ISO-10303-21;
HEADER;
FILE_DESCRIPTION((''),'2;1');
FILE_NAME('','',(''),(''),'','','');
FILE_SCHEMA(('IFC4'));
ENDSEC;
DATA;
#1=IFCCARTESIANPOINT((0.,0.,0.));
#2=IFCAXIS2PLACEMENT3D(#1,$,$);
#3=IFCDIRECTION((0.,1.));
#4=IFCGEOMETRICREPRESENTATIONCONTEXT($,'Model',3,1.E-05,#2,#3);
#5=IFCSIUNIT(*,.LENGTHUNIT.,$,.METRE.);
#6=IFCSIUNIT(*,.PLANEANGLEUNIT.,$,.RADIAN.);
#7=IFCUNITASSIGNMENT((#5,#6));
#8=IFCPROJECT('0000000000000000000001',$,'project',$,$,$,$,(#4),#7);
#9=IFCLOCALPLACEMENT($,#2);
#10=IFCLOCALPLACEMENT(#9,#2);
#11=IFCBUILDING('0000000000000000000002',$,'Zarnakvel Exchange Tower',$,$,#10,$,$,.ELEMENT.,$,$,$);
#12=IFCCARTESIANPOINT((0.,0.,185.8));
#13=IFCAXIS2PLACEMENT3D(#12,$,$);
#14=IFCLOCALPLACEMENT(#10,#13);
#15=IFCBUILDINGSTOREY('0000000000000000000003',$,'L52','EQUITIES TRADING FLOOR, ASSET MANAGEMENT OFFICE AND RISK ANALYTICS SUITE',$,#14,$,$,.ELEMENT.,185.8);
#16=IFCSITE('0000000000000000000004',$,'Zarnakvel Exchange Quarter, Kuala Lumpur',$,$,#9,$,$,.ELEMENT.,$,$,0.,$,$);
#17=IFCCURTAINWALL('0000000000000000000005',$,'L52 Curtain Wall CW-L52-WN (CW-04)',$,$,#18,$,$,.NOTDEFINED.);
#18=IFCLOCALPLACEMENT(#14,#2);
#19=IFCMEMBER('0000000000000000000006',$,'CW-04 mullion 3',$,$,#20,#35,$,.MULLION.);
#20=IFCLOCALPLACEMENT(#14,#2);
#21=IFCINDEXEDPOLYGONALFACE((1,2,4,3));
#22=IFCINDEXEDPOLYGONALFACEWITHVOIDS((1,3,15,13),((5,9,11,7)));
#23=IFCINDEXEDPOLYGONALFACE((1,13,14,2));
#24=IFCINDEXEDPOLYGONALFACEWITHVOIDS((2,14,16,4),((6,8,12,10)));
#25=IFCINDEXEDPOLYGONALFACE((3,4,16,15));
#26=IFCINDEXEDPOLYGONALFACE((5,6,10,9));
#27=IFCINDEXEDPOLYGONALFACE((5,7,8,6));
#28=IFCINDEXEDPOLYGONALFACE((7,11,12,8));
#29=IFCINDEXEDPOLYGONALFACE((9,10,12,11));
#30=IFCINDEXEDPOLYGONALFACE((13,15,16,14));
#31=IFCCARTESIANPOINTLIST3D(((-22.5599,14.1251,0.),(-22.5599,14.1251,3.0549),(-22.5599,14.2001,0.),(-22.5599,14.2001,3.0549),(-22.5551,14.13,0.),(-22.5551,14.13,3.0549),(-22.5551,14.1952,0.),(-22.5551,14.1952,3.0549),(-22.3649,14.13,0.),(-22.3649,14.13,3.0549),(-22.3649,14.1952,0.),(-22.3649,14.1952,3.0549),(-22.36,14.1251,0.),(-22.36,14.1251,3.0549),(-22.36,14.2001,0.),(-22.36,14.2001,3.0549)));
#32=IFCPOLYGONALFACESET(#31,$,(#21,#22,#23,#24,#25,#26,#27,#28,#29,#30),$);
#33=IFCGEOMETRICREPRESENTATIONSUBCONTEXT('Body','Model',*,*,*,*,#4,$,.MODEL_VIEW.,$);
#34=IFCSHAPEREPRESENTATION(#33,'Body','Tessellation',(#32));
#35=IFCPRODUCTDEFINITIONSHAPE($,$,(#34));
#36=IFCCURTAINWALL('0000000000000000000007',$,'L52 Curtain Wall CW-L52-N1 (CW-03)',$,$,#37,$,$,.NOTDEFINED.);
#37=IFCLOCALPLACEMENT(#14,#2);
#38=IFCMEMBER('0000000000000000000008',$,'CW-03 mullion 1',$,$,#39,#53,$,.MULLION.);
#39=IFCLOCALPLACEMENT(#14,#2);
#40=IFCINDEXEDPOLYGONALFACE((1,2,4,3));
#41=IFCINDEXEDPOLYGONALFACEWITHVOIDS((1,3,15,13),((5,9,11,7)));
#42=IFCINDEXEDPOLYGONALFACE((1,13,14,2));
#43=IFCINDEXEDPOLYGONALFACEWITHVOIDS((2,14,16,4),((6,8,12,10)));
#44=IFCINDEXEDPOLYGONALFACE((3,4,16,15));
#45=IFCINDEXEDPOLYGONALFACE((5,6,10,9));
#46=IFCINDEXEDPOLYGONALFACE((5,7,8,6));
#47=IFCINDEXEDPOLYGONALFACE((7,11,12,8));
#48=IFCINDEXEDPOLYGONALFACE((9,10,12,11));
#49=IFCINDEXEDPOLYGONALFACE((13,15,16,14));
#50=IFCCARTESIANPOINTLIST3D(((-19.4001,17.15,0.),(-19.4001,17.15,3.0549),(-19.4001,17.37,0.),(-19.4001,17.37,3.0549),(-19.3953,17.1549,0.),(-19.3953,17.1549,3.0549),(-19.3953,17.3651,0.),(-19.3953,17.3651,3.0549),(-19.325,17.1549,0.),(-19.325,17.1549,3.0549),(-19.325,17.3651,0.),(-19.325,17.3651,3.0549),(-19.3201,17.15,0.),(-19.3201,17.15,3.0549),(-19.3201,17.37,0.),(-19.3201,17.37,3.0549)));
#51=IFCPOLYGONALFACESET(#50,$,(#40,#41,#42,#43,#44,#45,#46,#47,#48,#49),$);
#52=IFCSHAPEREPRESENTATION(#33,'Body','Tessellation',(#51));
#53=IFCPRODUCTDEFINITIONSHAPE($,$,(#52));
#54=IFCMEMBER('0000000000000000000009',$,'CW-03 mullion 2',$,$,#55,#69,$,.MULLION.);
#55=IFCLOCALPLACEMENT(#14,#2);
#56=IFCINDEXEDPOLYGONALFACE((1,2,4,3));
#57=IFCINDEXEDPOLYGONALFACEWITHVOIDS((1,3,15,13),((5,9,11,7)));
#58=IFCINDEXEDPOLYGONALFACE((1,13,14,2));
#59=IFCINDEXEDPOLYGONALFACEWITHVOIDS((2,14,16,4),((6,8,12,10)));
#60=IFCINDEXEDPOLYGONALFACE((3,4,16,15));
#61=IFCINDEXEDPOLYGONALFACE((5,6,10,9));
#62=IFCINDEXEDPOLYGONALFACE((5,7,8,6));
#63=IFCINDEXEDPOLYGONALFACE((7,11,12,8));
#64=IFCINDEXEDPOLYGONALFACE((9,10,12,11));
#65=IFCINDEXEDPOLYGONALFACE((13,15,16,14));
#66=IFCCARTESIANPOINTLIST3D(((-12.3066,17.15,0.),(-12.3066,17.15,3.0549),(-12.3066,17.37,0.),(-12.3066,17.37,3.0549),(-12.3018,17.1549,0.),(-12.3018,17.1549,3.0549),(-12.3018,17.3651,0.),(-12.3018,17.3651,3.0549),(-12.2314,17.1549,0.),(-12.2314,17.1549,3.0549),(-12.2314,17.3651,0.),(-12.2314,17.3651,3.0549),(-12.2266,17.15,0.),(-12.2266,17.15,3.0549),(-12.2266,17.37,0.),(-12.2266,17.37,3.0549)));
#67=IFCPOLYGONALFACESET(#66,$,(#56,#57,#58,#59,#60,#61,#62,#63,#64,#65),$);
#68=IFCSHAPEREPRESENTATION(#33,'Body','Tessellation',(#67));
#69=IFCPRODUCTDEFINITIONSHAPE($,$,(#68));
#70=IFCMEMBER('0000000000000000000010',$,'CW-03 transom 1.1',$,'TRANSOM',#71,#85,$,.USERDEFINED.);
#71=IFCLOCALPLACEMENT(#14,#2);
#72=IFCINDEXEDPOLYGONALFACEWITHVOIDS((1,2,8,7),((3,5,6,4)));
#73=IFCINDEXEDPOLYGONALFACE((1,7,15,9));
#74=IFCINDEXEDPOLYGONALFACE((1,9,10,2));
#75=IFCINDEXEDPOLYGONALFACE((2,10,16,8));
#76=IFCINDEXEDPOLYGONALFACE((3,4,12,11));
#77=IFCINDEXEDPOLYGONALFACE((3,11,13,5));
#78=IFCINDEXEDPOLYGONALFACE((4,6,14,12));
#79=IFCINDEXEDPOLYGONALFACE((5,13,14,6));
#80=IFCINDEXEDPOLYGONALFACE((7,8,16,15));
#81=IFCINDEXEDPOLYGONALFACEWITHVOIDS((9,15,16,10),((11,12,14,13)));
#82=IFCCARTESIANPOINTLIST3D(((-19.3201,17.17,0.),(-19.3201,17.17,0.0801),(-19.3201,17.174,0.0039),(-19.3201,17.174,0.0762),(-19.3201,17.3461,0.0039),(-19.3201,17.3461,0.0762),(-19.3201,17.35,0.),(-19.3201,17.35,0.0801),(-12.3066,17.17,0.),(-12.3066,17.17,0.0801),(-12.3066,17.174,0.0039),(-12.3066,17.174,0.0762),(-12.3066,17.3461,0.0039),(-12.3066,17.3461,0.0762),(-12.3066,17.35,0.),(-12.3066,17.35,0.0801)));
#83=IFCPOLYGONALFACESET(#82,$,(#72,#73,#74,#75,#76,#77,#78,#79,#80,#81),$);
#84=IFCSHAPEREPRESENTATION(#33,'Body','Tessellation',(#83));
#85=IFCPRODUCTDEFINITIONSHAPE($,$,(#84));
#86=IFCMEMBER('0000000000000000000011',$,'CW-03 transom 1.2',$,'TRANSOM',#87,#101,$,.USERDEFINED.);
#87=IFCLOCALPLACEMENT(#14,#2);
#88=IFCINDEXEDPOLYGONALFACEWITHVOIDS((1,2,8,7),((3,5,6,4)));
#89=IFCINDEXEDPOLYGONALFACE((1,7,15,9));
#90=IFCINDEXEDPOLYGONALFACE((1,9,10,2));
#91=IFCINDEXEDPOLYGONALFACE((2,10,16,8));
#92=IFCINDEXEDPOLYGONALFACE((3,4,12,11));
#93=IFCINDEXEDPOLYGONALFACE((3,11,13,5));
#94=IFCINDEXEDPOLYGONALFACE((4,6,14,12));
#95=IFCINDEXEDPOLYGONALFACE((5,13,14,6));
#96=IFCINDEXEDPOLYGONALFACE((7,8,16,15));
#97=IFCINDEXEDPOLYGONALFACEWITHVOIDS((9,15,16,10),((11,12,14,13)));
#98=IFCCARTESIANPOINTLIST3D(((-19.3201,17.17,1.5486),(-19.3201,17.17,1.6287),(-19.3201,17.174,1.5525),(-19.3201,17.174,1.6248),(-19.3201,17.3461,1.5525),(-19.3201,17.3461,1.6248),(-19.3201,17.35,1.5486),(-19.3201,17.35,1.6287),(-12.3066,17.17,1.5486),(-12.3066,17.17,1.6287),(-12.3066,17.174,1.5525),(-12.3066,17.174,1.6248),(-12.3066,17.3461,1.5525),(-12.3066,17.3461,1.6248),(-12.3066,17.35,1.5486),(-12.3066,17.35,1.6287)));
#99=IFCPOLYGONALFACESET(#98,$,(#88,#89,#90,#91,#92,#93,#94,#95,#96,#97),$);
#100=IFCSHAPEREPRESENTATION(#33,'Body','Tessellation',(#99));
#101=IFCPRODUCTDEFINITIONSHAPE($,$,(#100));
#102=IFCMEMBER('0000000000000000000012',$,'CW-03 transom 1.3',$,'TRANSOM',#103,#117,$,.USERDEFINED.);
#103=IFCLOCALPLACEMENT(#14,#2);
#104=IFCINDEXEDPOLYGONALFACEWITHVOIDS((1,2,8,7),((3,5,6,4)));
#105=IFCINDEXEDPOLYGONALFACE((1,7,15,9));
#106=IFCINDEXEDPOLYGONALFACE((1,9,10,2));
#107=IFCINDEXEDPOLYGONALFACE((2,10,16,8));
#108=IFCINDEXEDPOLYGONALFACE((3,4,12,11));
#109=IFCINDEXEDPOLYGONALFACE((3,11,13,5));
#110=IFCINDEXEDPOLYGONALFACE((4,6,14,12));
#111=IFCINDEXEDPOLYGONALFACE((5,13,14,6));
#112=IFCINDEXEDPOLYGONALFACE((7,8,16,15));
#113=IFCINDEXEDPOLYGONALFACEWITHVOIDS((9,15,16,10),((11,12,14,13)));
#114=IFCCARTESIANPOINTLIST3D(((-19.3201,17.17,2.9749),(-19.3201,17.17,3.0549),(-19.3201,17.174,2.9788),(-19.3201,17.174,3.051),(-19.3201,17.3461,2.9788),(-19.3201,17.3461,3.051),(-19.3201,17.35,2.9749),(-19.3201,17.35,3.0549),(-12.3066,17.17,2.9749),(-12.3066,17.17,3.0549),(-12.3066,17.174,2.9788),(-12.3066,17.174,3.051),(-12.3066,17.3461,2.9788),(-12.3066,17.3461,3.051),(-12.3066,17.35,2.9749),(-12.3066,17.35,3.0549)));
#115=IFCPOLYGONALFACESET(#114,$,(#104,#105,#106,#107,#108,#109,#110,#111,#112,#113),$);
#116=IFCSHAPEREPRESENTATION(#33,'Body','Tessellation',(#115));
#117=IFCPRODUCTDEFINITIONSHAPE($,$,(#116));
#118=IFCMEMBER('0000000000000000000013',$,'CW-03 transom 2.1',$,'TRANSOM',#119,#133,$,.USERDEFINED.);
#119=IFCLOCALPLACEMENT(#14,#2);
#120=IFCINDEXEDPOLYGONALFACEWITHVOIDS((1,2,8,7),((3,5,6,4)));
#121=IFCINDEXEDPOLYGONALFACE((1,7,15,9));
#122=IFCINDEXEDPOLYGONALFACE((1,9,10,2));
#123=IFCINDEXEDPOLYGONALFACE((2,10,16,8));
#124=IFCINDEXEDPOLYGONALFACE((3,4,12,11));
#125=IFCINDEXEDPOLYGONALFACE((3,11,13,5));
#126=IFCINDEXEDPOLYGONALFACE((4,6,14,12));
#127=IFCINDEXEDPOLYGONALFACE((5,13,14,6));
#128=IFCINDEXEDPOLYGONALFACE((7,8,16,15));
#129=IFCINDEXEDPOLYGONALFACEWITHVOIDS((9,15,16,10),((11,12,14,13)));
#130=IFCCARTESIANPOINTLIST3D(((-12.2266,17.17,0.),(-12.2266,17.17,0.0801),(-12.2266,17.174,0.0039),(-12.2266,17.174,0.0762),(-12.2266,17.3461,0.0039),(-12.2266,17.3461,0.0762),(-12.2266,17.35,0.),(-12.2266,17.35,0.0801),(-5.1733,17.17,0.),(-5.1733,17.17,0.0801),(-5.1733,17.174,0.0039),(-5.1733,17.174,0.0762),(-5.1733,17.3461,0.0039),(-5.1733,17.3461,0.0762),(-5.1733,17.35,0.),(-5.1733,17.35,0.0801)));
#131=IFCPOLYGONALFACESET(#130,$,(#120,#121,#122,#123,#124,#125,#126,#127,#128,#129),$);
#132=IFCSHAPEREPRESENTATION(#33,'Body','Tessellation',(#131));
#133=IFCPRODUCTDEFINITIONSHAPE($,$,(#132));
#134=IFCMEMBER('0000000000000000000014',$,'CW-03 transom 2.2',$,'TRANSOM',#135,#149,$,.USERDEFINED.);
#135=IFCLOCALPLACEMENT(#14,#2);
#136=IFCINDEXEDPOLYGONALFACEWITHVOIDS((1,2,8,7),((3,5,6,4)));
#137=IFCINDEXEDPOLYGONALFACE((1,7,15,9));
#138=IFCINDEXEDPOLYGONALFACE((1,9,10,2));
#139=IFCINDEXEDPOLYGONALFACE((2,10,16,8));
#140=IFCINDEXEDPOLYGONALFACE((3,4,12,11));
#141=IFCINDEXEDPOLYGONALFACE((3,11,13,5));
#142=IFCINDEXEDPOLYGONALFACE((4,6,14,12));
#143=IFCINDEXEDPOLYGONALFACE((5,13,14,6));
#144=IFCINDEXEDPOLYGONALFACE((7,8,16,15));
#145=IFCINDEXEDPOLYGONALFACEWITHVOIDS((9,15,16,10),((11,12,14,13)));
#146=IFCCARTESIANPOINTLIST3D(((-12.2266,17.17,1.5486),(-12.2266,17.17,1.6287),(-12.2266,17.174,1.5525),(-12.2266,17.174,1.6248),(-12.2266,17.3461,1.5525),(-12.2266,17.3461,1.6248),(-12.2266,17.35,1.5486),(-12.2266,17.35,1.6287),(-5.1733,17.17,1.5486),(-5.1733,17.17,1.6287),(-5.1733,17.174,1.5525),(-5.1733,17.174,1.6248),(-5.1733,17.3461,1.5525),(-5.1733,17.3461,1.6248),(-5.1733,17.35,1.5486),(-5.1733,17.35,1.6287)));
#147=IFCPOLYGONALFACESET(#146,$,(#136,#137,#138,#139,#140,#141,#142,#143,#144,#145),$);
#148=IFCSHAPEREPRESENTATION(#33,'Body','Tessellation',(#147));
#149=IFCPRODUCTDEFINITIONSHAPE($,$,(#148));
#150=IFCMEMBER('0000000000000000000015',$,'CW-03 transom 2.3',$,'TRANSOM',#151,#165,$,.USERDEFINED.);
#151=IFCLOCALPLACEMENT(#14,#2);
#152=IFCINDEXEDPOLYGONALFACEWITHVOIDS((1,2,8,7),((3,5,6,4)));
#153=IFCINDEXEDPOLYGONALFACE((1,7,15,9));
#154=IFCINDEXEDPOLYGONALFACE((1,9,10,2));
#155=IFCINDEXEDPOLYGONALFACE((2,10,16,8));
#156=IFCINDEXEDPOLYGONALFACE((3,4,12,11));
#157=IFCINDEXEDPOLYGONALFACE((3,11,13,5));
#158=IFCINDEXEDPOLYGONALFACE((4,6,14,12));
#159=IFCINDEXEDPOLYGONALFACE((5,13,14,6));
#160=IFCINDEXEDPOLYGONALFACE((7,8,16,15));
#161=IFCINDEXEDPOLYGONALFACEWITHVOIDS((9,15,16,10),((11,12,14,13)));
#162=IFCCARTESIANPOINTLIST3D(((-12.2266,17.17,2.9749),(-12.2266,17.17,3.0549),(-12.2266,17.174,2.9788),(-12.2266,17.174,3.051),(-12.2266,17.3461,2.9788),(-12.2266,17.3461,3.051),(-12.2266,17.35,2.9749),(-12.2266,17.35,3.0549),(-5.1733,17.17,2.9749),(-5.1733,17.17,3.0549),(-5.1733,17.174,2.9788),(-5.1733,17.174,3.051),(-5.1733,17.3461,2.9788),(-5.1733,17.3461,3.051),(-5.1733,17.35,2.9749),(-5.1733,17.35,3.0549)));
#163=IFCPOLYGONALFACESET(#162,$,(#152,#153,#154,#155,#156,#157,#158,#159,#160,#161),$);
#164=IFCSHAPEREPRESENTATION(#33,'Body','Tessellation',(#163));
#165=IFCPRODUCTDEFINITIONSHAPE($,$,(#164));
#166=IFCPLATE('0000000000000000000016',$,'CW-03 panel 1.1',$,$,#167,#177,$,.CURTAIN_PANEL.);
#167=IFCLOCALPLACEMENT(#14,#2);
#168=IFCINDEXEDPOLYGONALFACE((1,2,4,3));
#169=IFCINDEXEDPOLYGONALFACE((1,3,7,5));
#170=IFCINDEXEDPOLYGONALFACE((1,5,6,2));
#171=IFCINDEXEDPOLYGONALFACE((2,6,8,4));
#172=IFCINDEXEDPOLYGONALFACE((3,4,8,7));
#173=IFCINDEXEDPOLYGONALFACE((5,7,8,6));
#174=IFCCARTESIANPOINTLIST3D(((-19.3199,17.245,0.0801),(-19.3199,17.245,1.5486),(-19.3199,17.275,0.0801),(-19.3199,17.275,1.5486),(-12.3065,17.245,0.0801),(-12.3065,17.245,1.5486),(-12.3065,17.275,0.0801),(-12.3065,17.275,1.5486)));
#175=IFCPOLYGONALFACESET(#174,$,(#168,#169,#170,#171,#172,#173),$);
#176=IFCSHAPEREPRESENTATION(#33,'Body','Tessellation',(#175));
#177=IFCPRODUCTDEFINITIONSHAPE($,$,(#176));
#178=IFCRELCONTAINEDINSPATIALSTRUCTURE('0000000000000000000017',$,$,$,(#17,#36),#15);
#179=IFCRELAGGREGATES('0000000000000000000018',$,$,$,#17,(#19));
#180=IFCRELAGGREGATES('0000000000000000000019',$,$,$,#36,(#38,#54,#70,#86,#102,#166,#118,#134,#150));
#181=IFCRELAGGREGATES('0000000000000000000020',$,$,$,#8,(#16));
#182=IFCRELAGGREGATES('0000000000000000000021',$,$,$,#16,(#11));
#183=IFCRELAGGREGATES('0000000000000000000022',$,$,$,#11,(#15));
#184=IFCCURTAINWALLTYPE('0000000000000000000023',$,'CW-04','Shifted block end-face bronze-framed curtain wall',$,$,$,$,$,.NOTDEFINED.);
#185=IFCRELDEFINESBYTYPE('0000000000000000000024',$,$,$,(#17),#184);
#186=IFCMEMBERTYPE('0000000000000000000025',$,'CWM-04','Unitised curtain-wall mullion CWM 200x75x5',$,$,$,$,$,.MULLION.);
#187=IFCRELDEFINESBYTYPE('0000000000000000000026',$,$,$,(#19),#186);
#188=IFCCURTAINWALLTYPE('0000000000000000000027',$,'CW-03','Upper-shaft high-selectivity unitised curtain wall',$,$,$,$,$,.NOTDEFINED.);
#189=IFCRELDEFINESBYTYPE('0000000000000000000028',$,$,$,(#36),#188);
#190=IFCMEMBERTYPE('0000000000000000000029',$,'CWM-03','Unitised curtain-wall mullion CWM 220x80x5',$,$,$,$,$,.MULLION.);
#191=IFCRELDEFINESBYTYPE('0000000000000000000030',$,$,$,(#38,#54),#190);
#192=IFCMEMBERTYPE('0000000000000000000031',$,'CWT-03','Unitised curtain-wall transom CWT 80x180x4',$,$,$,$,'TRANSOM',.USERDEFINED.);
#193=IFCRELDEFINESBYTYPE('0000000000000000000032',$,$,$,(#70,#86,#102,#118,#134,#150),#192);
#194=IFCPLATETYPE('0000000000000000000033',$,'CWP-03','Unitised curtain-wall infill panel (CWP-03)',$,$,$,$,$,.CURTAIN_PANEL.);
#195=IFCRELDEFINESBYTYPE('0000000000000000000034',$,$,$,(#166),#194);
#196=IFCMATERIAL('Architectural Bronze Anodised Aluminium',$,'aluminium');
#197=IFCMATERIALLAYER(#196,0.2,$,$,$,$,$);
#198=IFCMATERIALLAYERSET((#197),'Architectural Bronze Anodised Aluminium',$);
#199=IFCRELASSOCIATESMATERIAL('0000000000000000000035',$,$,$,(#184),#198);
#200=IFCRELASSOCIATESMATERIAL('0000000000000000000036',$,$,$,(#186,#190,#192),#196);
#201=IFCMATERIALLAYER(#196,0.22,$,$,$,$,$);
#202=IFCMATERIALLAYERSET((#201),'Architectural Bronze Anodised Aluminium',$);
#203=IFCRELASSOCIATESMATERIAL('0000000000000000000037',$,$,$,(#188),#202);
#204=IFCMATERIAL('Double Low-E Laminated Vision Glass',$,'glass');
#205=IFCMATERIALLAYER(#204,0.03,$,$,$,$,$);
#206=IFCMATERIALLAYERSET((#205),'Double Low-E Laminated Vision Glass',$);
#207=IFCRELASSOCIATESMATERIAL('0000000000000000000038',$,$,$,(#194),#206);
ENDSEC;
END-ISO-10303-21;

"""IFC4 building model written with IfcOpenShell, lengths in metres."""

from ifc_helpers import new_model, si_unit, direction, frame, origin, origin_2d, place, context, subcontext, project, spatial, rectangle, hollow_rectangle, extrude, source, transform, mapped, material, layer, layer_set, material_profile, profile_set, type_object, element, aggregate, save


model = new_model("IFC4")

# Units and contexts
model_context = context("Model", 3, precision=1e-05, world=origin(), true_north=direction((0.0, 1.0)))
body_context = subcontext(model_context, "Body", "Model", "MODEL_VIEW")
ifc_project = project(units=[si_unit("LENGTHUNIT", "METRE"), si_unit("PLANEANGLEUNIT", "RADIAN")], contexts=[model_context])

# Site, building, storey
site_placement = place(None, origin())
site = spatial("IfcSite", under=ifc_project, at=site_placement, Name="Zarnakvel Exchange Quarter, Kuala Lumpur", CompositionType="ELEMENT", RefElevation=0.0)
building_placement = place(site_placement, origin())
building = spatial("IfcBuilding", under=site, at=building_placement, Name="Zarnakvel Exchange Tower", CompositionType="ELEMENT")
storey_placement = place(building_placement, frame((0.0, 0.0, 185.8)))
storey = spatial("IfcBuildingStorey", under=building, at=storey_placement, Name="L52", Description="EQUITIES TRADING FLOOR, ASSET MANAGEMENT OFFICE AND RISK ANALYTICS SUITE", CompositionType="ELEMENT", Elevation=185.8)

# Curtain wall, member
ifc_material_1 = material(Name="Architectural Bronze Anodised Aluminium", Category="aluminium")
ifc_layer_1 = layer(ifc_material_1, 0.2)
ifc_layer_set_1 = layer_set([ifc_layer_1], Name="Architectural Bronze Anodised Aluminium")
curtain_wall_type_1 = type_object("IfcCurtainWallType", Name="CW-04", Description="Shifted block end-face bronze-framed curtain wall", PredefinedType="NOTDEFINED", material=ifc_layer_set_1)
curtain_wall_1_placement = place(storey_placement, origin())
curtain_wall_1 = element("IfcCurtainWall", 1, at=curtain_wall_1_placement, inside=storey, type_object=curtain_wall_type_1, Name="L52 Curtain Wall CW-L52-WN (CW-04)", PredefinedType="NOTDEFINED")
ifc_material_profile_1 = material_profile(ifc_material_1, hollow_rectangle(XDim=0.2, YDim=0.075, WallThickness=0.0049, at=origin_2d()))
ifc_profile_set_1 = profile_set([ifc_material_profile_1], Name="Architectural Bronze Anodised Aluminium")
member_type_1 = type_object("IfcMemberType", Name="CWM-04", Description="Unitised curtain-wall mullion CWM 200x75x5", PredefinedType="MULLION", material=ifc_profile_set_1)
shared_shape_1 = source(origin(), body_context, "Body", "SweptSolid", [
    extrude(hollow_rectangle(XDim=0.2, YDim=0.075, WallThickness=0.0049, at=origin_2d()), origin(), (0.0, 0.0, 1.0), 3.0549),
])
member_1_placement = place(storey_placement, frame((-22.46, 14.1626, 0.0), z_axis=(0.0, 0.0, 1.0), x_axis=(-1.0, 0.0, 0.0)))
member_1 = element("IfcMember", 2, at=member_1_placement, type_object=member_type_1, Name="CW-04 mullion 3", PredefinedType="MULLION", context=body_context, shape_type="MappedRepresentation", body=[
    mapped(shared_shape_1, transform((0.0, 0.0, 0.0), x_axis=(1.0, 0.0, 0.0), y_axis=(0.0, 1.0, 0.0), z_axis=(0.0, 0.0, 1.0), scale=1.0)),
])
aggregate(curtain_wall_1, [member_1])

# Curtain wall, members, plate
ifc_layer_2 = layer(ifc_material_1, 0.22)
ifc_layer_set_2 = layer_set([ifc_layer_2], Name="Architectural Bronze Anodised Aluminium")
curtain_wall_type_2 = type_object("IfcCurtainWallType", Name="CW-03", Description="Upper-shaft high-selectivity unitised curtain wall", PredefinedType="NOTDEFINED", material=ifc_layer_set_2)
curtain_wall_2_placement = place(storey_placement, origin())
curtain_wall_2 = element("IfcCurtainWall", 3, at=curtain_wall_2_placement, inside=storey, type_object=curtain_wall_type_2, Name="L52 Curtain Wall CW-L52-N1 (CW-03)", PredefinedType="NOTDEFINED")
ifc_material_profile_2 = material_profile(ifc_material_1, hollow_rectangle(XDim=0.22, YDim=0.0801, WallThickness=0.0049, at=origin_2d()))
ifc_profile_set_2 = profile_set([ifc_material_profile_2], Name="Architectural Bronze Anodised Aluminium")
member_type_2 = type_object("IfcMemberType", Name="CWM-03", Description="Unitised curtain-wall mullion CWM 220x80x5", PredefinedType="MULLION", material=ifc_profile_set_2)
shared_shape_2 = source(origin(), body_context, "Body", "SweptSolid", [
    extrude(hollow_rectangle(XDim=0.22, YDim=0.0801, WallThickness=0.0049, at=origin_2d()), origin(), (0.0, 0.0, 1.0), 3.0549),
])
member_2_placement = place(storey_placement, frame((-19.3601, 17.26, 0.0), z_axis=(0.0, 0.0, 1.0), x_axis=(0.0, 1.0, 0.0)))
member_2 = element("IfcMember", 4, at=member_2_placement, type_object=member_type_2, Name="CW-03 mullion 1", PredefinedType="MULLION", context=body_context, shape_type="MappedRepresentation", body=[
    mapped(shared_shape_2, transform((0.0, 0.0, 0.0), x_axis=(1.0, 0.0, 0.0), y_axis=(0.0, 1.0, 0.0), z_axis=(0.0, 0.0, 1.0), scale=1.0)),
])
member_3_placement = place(storey_placement, frame((-12.2666, 17.26, 0.0), z_axis=(0.0, 0.0, 1.0), x_axis=(0.0, 1.0, 0.0)))
member_3 = element("IfcMember", 5, at=member_3_placement, type_object=member_type_2, Name="CW-03 mullion 2", PredefinedType="MULLION", context=body_context, shape_type="MappedRepresentation", body=[
    mapped(shared_shape_2, transform((0.0, 0.0, 0.0), x_axis=(1.0, 0.0, 0.0), y_axis=(0.0, 1.0, 0.0), z_axis=(0.0, 0.0, 1.0), scale=1.0)),
])
ifc_material_profile_3 = material_profile(ifc_material_1, hollow_rectangle(XDim=0.1799, YDim=0.0801, WallThickness=0.0039, at=origin_2d()))
ifc_profile_set_3 = profile_set([ifc_material_profile_3], Name="Architectural Bronze Anodised Aluminium")
member_type_3 = type_object("IfcMemberType", Name="CWT-03", Description="Unitised curtain-wall transom CWT 80x180x4", ElementType="TRANSOM", PredefinedType="USERDEFINED", material=ifc_profile_set_3)
shared_shape_3 = source(origin(), body_context, "Body", "SweptSolid", [
    extrude(hollow_rectangle(XDim=0.1799, YDim=0.0801, WallThickness=0.0039, at=origin_2d()), origin(), (0.0, 0.0, 1.0), 7.0134),
])
member_4_placement = place(storey_placement, frame((-19.3201, 17.26, 0.04), z_axis=(1.0, 0.0, 0.0), x_axis=(0.0, 1.0, 0.0)))
member_4 = element("IfcMember", 6, at=member_4_placement, type_object=member_type_3, Name="CW-03 transom 1.1", ObjectType="TRANSOM", PredefinedType="USERDEFINED", context=body_context, shape_type="MappedRepresentation", body=[
    mapped(shared_shape_3, transform((0.0, 0.0, 0.0), x_axis=(1.0, 0.0, 0.0), y_axis=(0.0, 1.0, 0.0), z_axis=(0.0, 0.0, 1.0), scale=1.0)),
])
member_5_placement = place(storey_placement, frame((-19.3201, 17.26, 1.5886), z_axis=(1.0, 0.0, 0.0), x_axis=(0.0, 1.0, 0.0)))
member_5 = element("IfcMember", 7, at=member_5_placement, type_object=member_type_3, Name="CW-03 transom 1.2", ObjectType="TRANSOM", PredefinedType="USERDEFINED", context=body_context, shape_type="MappedRepresentation", body=[
    mapped(shared_shape_3, transform((0.0, 0.0, 0.0), x_axis=(1.0, 0.0, 0.0), y_axis=(0.0, 1.0, 0.0), z_axis=(0.0, 0.0, 1.0), scale=1.0)),
])
member_6_placement = place(storey_placement, frame((-19.3201, 17.26, 3.0149), z_axis=(1.0, 0.0, 0.0), x_axis=(0.0, 1.0, 0.0)))
member_6 = element("IfcMember", 8, at=member_6_placement, type_object=member_type_3, Name="CW-03 transom 1.3", ObjectType="TRANSOM", PredefinedType="USERDEFINED", context=body_context, shape_type="MappedRepresentation", body=[
    mapped(shared_shape_3, transform((0.0, 0.0, 0.0), x_axis=(1.0, 0.0, 0.0), y_axis=(0.0, 1.0, 0.0), z_axis=(0.0, 0.0, 1.0), scale=1.0)),
])
shared_shape_4 = source(origin(), body_context, "Body", "SweptSolid", [
    extrude(hollow_rectangle(XDim=0.1799, YDim=0.0801, WallThickness=0.0039, at=origin_2d()), origin(), (0.0, 0.0, 1.0), 7.0532),
])
member_7_placement = place(storey_placement, frame((-12.2266, 17.26, 0.04), z_axis=(1.0, 0.0, 0.0), x_axis=(0.0, 1.0, 0.0)))
member_7 = element("IfcMember", 9, at=member_7_placement, type_object=member_type_3, Name="CW-03 transom 2.1", ObjectType="TRANSOM", PredefinedType="USERDEFINED", context=body_context, shape_type="MappedRepresentation", body=[
    mapped(shared_shape_4, transform((0.0, 0.0, 0.0), x_axis=(1.0, 0.0, 0.0), y_axis=(0.0, 1.0, 0.0), z_axis=(0.0, 0.0, 1.0), scale=1.0)),
])
member_8_placement = place(storey_placement, frame((-12.2266, 17.26, 1.5886), z_axis=(1.0, 0.0, 0.0), x_axis=(0.0, 1.0, 0.0)))
member_8 = element("IfcMember", 10, at=member_8_placement, type_object=member_type_3, Name="CW-03 transom 2.2", ObjectType="TRANSOM", PredefinedType="USERDEFINED", context=body_context, shape_type="MappedRepresentation", body=[
    mapped(shared_shape_4, transform((0.0, 0.0, 0.0), x_axis=(1.0, 0.0, 0.0), y_axis=(0.0, 1.0, 0.0), z_axis=(0.0, 0.0, 1.0), scale=1.0)),
])
member_9_placement = place(storey_placement, frame((-12.2266, 17.26, 3.0149), z_axis=(1.0, 0.0, 0.0), x_axis=(0.0, 1.0, 0.0)))
member_9 = element("IfcMember", 11, at=member_9_placement, type_object=member_type_3, Name="CW-03 transom 2.3", ObjectType="TRANSOM", PredefinedType="USERDEFINED", context=body_context, shape_type="MappedRepresentation", body=[
    mapped(shared_shape_4, transform((0.0, 0.0, 0.0), x_axis=(1.0, 0.0, 0.0), y_axis=(0.0, 1.0, 0.0), z_axis=(0.0, 0.0, 1.0), scale=1.0)),
])
ifc_material_2 = material(Name="Double Low-E Laminated Vision Glass", Category="glass")
ifc_layer_3 = layer(ifc_material_2, 0.03)
ifc_layer_set_3 = layer_set([ifc_layer_3], Name="Double Low-E Laminated Vision Glass")
plate_type = type_object("IfcPlateType", Name="CWP-03", Description="Unitised curtain-wall infill panel (CWP-03)", PredefinedType="CURTAIN_PANEL", material=ifc_layer_set_3)
shared_shape_5 = source(origin(), body_context, "Body", "SweptSolid", [
    extrude(rectangle(XDim=7.0134, YDim=0.03, at=origin_2d()), origin(), (0.0, 0.0, 1.0), 1.4685),
])
plate_1_placement = place(storey_placement, frame((-15.8132, 17.26, 0.0801), z_axis=(0.0, 0.0, 1.0), x_axis=(1.0, 0.0, 0.0)))
plate_1 = element("IfcPlate", 12, at=plate_1_placement, type_object=plate_type, Name="CW-03 panel 1.1", PredefinedType="CURTAIN_PANEL", context=body_context, shape_type="MappedRepresentation", body=[
    mapped(shared_shape_5, transform((0.0, 0.0, 0.0), x_axis=(1.0, 0.0, 0.0), y_axis=(0.0, 1.0, 0.0), z_axis=(0.0, 0.0, 1.0), scale=1.0)),
])
aggregate(curtain_wall_2, [member_2, member_3, member_4, member_5, member_6, plate_1, member_7, member_8, member_9])

save(model, "model.ifc")
